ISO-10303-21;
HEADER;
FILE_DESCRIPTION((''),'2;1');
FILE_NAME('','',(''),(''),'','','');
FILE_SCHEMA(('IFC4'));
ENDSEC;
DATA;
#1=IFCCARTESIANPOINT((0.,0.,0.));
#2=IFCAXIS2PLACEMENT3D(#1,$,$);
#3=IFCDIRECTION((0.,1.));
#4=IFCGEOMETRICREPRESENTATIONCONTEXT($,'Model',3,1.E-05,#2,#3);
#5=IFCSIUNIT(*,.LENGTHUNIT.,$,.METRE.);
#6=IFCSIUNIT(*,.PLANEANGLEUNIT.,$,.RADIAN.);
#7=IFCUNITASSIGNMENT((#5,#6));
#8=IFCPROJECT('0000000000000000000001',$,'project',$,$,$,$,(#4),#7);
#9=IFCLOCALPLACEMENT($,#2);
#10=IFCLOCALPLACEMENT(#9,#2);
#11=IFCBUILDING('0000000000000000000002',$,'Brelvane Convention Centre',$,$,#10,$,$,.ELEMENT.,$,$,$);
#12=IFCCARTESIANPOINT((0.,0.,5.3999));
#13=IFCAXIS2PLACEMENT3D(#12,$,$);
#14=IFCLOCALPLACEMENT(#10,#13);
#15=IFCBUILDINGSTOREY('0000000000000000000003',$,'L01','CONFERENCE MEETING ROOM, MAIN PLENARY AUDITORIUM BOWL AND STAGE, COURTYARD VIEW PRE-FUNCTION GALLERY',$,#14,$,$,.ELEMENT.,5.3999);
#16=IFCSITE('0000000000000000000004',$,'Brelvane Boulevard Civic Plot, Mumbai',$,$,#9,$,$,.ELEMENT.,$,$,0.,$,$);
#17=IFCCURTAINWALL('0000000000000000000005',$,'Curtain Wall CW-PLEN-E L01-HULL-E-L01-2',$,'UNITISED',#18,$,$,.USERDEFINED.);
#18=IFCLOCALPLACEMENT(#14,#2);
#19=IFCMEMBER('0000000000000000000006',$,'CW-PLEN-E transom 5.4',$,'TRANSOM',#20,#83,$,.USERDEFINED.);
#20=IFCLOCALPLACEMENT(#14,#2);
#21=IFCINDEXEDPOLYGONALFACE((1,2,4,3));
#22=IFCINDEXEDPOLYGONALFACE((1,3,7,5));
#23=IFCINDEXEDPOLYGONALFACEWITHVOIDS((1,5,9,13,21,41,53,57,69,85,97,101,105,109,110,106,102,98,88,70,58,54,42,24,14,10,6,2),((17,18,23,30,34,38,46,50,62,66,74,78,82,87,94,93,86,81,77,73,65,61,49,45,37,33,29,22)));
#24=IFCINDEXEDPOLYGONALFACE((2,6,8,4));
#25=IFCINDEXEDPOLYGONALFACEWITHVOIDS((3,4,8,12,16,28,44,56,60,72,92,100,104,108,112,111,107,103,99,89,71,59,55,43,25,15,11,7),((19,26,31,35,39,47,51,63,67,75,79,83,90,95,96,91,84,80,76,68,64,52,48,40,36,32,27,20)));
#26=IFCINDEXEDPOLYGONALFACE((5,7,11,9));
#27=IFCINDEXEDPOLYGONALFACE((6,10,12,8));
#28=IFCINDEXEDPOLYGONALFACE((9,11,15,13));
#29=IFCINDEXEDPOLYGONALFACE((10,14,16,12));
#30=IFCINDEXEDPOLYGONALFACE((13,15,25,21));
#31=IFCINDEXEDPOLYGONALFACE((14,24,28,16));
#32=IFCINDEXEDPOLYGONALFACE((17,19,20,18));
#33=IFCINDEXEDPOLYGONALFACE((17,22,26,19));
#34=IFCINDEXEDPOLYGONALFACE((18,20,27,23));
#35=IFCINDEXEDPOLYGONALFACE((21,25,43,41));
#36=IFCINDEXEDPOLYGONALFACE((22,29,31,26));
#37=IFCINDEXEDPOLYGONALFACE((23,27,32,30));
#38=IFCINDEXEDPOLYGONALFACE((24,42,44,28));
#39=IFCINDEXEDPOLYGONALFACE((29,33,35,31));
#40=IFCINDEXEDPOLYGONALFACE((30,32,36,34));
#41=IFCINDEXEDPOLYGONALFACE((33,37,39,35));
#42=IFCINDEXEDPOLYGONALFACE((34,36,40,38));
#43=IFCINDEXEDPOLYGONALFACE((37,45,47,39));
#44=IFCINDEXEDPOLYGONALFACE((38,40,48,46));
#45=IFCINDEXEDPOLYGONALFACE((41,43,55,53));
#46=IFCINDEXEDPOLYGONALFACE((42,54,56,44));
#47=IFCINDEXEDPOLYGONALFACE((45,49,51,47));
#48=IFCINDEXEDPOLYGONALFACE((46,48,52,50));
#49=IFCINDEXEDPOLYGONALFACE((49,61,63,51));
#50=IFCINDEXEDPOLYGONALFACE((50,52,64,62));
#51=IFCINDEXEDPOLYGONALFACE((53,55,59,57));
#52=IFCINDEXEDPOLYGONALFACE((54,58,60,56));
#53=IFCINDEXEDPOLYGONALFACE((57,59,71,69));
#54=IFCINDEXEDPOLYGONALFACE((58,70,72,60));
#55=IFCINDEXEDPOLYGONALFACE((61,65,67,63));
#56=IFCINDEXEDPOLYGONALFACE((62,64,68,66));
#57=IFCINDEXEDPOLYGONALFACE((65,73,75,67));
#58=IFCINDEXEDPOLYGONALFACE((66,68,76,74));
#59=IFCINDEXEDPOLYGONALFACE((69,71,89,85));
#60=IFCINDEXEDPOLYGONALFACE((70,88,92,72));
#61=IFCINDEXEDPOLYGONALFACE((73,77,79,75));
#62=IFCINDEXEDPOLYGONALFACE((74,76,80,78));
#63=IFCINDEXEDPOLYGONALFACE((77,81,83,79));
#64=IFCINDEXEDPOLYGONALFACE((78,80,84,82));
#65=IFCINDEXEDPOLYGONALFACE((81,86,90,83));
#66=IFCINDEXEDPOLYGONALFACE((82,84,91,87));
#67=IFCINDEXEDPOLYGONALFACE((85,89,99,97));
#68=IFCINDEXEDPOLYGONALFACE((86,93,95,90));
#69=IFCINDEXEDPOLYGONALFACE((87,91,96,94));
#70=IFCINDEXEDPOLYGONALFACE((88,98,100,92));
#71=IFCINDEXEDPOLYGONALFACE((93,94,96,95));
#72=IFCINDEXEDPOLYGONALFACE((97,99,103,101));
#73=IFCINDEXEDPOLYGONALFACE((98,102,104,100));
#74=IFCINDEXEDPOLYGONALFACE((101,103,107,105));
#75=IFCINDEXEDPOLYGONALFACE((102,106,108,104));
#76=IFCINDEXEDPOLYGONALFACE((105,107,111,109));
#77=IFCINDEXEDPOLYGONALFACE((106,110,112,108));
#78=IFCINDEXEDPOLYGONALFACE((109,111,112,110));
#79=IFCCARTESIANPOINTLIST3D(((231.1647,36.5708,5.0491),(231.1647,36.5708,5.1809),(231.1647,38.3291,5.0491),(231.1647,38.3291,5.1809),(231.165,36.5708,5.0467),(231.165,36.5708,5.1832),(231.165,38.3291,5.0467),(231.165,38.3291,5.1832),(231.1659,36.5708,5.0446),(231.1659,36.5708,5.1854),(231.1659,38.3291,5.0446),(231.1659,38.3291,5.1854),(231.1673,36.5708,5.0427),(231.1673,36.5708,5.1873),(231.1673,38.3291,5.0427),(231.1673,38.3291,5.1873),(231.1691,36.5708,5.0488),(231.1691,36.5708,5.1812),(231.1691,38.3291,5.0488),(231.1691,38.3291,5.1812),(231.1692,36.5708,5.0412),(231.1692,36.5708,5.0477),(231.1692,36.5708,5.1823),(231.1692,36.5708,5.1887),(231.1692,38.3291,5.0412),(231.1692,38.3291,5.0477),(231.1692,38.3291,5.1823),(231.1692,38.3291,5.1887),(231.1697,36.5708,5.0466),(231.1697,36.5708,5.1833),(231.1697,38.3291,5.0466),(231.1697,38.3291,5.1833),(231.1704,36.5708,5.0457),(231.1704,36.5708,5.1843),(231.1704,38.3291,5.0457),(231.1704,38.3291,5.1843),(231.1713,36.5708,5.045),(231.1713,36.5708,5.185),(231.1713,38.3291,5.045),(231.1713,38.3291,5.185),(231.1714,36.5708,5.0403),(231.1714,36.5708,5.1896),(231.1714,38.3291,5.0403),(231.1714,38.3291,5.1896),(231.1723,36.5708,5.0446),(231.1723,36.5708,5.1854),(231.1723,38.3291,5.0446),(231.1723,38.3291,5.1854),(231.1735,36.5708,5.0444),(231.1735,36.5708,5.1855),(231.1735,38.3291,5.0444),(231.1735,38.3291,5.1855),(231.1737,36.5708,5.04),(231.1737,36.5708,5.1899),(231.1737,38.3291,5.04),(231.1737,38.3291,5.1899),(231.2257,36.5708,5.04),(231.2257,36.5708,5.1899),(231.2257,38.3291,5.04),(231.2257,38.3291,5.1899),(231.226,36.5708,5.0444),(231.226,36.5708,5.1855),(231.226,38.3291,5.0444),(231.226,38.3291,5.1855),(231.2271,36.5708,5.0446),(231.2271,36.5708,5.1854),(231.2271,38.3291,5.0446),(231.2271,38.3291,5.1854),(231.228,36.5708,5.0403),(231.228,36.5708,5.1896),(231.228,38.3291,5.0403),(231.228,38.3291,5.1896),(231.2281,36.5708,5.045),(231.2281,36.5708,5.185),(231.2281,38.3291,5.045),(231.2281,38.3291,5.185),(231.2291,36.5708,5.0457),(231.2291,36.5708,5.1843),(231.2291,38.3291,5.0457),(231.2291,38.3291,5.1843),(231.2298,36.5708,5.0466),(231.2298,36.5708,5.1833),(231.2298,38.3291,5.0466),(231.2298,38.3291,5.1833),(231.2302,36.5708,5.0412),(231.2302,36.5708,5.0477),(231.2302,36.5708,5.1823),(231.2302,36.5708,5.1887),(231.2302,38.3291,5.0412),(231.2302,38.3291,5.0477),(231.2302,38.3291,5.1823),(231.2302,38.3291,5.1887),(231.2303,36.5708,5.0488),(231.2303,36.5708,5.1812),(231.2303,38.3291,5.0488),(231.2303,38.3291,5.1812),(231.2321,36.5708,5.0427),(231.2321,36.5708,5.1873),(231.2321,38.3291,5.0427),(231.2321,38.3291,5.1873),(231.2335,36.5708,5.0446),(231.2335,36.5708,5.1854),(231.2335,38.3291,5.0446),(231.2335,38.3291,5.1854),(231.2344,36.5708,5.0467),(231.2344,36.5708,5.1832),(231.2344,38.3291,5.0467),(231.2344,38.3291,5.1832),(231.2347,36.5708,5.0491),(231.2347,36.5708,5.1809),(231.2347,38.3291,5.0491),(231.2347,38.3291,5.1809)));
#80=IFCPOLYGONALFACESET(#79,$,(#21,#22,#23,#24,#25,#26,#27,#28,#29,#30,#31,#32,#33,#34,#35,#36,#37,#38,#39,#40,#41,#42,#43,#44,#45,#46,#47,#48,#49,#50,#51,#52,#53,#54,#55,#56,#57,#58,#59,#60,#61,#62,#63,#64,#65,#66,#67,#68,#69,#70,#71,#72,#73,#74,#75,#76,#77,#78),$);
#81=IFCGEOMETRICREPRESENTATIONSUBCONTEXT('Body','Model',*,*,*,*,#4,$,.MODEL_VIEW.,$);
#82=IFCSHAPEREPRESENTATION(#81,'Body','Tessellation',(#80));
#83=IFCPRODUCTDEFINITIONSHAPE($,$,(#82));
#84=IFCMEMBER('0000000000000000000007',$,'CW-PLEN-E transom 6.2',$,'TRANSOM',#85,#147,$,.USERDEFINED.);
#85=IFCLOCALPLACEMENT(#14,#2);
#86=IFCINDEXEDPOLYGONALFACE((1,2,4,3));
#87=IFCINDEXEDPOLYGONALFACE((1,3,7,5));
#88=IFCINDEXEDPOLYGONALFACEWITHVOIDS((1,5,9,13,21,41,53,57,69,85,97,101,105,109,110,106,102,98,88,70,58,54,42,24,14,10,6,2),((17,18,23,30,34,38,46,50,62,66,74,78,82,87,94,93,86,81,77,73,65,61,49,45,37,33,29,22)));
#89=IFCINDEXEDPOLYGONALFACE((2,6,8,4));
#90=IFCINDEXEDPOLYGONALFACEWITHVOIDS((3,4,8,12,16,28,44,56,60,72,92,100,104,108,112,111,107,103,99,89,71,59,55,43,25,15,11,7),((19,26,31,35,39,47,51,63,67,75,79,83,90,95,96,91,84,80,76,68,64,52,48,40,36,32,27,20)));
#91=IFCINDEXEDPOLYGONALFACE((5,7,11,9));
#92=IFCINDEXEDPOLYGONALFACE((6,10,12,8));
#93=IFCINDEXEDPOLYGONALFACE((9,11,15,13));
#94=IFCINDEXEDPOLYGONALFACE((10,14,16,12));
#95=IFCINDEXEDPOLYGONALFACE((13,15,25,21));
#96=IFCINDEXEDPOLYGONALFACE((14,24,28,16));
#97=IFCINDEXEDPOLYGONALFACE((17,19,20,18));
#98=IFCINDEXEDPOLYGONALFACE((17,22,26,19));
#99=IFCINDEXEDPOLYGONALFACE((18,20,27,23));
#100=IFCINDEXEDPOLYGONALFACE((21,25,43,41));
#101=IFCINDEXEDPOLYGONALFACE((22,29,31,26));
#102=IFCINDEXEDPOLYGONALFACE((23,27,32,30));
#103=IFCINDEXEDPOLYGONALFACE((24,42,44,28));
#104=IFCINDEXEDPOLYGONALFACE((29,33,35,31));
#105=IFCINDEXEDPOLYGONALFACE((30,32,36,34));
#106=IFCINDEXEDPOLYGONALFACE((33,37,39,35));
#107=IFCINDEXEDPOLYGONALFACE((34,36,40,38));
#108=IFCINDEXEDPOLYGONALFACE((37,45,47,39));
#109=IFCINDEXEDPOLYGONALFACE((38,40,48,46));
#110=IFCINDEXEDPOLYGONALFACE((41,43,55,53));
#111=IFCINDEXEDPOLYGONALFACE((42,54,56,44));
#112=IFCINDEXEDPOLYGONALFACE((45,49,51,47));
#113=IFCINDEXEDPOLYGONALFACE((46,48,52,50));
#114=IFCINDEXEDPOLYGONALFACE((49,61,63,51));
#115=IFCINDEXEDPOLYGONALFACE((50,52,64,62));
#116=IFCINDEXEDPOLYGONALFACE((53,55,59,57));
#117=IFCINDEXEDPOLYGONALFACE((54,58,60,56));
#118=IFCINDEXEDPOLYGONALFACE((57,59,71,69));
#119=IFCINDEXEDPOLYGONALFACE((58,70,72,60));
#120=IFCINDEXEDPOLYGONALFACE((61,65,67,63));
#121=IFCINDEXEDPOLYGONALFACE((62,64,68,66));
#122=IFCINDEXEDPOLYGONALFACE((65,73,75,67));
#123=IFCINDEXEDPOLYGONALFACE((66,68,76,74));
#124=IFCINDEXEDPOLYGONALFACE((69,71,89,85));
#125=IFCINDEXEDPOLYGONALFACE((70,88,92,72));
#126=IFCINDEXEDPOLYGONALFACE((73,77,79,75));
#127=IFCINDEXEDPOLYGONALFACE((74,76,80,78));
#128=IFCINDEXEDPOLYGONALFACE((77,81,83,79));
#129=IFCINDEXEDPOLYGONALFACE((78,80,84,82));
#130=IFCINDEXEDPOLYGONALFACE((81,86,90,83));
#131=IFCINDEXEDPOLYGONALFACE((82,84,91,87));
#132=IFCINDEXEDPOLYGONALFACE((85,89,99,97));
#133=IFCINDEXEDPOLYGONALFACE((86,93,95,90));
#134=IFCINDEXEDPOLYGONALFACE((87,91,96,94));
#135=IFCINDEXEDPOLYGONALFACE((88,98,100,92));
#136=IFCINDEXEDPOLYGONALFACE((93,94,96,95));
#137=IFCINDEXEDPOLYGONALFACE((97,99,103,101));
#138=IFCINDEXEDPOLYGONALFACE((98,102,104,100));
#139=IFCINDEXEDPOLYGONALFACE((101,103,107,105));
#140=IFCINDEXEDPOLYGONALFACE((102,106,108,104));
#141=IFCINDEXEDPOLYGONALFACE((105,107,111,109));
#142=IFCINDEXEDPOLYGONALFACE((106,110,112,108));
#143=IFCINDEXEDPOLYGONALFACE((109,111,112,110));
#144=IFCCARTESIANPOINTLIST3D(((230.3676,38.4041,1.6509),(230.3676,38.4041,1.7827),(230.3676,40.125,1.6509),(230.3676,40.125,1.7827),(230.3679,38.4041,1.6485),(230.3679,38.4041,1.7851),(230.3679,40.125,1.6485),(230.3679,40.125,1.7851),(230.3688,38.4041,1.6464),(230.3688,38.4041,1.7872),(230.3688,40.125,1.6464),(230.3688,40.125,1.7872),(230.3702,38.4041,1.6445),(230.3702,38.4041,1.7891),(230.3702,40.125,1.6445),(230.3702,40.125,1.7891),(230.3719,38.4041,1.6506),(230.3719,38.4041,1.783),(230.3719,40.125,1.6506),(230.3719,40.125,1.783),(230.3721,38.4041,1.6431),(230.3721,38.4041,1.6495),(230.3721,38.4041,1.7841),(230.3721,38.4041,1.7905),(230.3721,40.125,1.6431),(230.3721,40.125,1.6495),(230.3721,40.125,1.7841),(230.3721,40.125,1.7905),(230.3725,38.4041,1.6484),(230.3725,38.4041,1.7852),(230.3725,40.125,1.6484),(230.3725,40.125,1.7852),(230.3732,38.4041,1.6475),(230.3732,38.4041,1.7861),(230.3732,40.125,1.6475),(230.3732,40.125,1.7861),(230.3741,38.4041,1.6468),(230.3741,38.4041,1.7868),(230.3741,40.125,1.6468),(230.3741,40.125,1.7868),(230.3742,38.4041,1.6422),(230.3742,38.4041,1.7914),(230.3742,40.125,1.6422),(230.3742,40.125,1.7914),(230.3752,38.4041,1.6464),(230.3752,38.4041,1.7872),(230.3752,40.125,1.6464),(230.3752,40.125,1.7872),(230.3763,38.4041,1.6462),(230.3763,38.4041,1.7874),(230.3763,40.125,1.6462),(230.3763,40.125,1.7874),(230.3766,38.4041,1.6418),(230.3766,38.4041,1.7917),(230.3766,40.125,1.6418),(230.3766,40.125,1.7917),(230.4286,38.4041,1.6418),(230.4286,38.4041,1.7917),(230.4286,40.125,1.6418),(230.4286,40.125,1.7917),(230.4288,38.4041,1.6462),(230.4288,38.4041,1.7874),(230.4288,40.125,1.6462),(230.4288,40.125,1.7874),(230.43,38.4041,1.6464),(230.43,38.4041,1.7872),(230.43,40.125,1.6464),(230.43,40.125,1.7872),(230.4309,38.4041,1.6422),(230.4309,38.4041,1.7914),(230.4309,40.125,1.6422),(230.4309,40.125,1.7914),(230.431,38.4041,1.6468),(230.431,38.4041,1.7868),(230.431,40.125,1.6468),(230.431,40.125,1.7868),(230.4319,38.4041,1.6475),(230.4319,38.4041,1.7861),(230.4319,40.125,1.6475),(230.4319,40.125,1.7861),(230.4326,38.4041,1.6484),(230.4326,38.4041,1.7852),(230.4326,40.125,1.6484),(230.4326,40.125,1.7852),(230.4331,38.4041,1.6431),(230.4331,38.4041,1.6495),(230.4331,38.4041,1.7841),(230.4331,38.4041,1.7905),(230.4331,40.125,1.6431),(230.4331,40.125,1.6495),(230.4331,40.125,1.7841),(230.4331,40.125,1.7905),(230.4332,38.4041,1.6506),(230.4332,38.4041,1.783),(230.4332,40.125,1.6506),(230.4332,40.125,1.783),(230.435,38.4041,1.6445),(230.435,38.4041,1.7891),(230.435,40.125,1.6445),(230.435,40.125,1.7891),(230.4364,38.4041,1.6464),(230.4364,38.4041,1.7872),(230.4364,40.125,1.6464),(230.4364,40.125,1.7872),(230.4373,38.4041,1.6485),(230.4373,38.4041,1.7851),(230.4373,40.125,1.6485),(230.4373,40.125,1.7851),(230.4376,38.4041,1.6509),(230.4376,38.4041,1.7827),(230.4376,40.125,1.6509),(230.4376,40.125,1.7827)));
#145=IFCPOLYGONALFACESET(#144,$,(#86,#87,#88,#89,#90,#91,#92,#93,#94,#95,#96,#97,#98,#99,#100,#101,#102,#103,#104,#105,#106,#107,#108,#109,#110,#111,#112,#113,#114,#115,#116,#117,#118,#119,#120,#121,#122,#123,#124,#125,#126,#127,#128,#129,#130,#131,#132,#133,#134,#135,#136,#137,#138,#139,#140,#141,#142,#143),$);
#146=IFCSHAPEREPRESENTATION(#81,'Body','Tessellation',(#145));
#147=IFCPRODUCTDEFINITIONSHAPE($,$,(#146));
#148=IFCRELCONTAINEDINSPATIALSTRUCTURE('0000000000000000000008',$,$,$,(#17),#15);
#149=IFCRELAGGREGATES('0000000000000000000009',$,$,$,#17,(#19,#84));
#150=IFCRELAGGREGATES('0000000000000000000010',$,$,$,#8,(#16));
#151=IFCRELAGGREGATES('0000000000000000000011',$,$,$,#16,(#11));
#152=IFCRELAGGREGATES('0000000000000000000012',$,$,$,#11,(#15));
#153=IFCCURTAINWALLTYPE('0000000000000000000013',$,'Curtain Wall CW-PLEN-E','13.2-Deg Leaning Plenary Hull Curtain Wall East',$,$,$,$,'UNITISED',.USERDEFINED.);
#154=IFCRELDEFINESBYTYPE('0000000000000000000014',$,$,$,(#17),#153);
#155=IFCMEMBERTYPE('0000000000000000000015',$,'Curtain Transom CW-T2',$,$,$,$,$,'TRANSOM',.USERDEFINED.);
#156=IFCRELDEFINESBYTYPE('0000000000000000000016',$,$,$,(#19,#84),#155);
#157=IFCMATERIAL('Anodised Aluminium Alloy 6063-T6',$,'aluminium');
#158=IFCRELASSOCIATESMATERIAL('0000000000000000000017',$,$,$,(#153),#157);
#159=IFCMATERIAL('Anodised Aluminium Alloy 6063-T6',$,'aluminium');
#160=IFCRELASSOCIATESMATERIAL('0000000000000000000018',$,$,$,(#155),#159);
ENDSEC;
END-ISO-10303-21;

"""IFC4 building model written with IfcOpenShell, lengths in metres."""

from ifc_helpers import new_model, si_unit, direction, frame, origin, origin_2d, place, context, subcontext, project, spatial, hollow_rectangle, extrude, material, material_profile, profile_set, type_object, element, aggregate, save


model = new_model("IFC4")

# Units and contexts
model_context = context("Model", 3, precision=1e-05, world=origin(), true_north=direction((0.0, 1.0)))
body_context = subcontext(model_context, "Body", "Model", "MODEL_VIEW")
ifc_project = project(units=[si_unit("LENGTHUNIT", "METRE"), si_unit("PLANEANGLEUNIT", "RADIAN")], contexts=[model_context])

# Site, building, storey
site_placement = place(None, origin())
site = spatial("IfcSite", under=ifc_project, at=site_placement, Name="Brelvane Boulevard Civic Plot, Mumbai", CompositionType="ELEMENT", RefElevation=0.0)
building_placement = place(site_placement, origin())
building = spatial("IfcBuilding", under=site, at=building_placement, Name="Brelvane Convention Centre", CompositionType="ELEMENT")
storey_placement = place(building_placement, frame((0.0, 0.0, 5.3999)))
storey = spatial("IfcBuildingStorey", under=building, at=storey_placement, Name="L01", Description="CONFERENCE MEETING ROOM, MAIN PLENARY AUDITORIUM BOWL AND STAGE, COURTYARD VIEW PRE-FUNCTION GALLERY", CompositionType="ELEMENT", Elevation=5.3999)

# Curtain wall, members
ifc_material_1 = material(Name="Anodised Aluminium Alloy 6063-T6", Category="aluminium")
curtain_wall_type = type_object("IfcCurtainWallType", Name="Curtain Wall CW-PLEN-E", Description="13.2-Deg Leaning Plenary Hull Curtain Wall East", ElementType="UNITISED", PredefinedType="USERDEFINED", material=ifc_material_1)
curtain_wall_placement = place(storey_placement, origin())
curtain_wall = element("IfcCurtainWall", 1, at=curtain_wall_placement, inside=storey, type_object=curtain_wall_type, Name="Curtain Wall CW-PLEN-E L01-HULL-E-L01-2", ObjectType="UNITISED", PredefinedType="USERDEFINED")
ifc_material_2 = material(Name="Anodised Aluminium Alloy 6063-T6", Category="aluminium")
ifc_material_profile = material_profile(ifc_material_2, hollow_rectangle(XDim=0.0701, YDim=0.1499, WallThickness=0.0044, InnerFilletRadius=0.0044, OuterFilletRadius=0.009, at=origin_2d()), Name="ALU-T 150x70x4.5")
ifc_profile_set = profile_set([ifc_material_profile], Name="Anodised Aluminium Alloy 6063-T6")
member_type = type_object("IfcMemberType", Name="Curtain Transom CW-T2", ElementType="TRANSOM", PredefinedType="USERDEFINED", material=ifc_profile_set)
member_1_placement = place(storey_placement, frame((231.1997, 36.5708, 5.115), z_axis=(0.0, 1.0, 0.0), x_axis=(-1.0, 0.0, 0.0)))
member_1 = element("IfcMember", 2, at=member_1_placement, type_object=member_type, Name="CW-PLEN-E transom 5.4", ObjectType="TRANSOM", PredefinedType="USERDEFINED", context=body_context, shape_type="SweptSolid", body=[
    extrude(hollow_rectangle(XDim=0.0701, YDim=0.1499, WallThickness=0.0044, InnerFilletRadius=0.0044, OuterFilletRadius=0.009, at=origin_2d()), origin(), (0.0, 0.0, 1.0), 1.7583),
])
member_2_placement = place(storey_placement, frame((230.4026, 38.4041, 1.7168), z_axis=(0.0, 1.0, 0.0), x_axis=(-1.0, 0.0, 0.0)))
member_2 = element("IfcMember", 3, at=member_2_placement, type_object=member_type, Name="CW-PLEN-E transom 6.2", ObjectType="TRANSOM", PredefinedType="USERDEFINED", context=body_context, shape_type="SweptSolid", body=[
    extrude(hollow_rectangle(XDim=0.0701, YDim=0.1499, WallThickness=0.0044, InnerFilletRadius=0.0044, OuterFilletRadius=0.009, at=origin_2d()), origin(), (0.0, 0.0, 1.0), 1.7209),
])
aggregate(curtain_wall, [member_1, member_2])

save(model, "model.ifc")
